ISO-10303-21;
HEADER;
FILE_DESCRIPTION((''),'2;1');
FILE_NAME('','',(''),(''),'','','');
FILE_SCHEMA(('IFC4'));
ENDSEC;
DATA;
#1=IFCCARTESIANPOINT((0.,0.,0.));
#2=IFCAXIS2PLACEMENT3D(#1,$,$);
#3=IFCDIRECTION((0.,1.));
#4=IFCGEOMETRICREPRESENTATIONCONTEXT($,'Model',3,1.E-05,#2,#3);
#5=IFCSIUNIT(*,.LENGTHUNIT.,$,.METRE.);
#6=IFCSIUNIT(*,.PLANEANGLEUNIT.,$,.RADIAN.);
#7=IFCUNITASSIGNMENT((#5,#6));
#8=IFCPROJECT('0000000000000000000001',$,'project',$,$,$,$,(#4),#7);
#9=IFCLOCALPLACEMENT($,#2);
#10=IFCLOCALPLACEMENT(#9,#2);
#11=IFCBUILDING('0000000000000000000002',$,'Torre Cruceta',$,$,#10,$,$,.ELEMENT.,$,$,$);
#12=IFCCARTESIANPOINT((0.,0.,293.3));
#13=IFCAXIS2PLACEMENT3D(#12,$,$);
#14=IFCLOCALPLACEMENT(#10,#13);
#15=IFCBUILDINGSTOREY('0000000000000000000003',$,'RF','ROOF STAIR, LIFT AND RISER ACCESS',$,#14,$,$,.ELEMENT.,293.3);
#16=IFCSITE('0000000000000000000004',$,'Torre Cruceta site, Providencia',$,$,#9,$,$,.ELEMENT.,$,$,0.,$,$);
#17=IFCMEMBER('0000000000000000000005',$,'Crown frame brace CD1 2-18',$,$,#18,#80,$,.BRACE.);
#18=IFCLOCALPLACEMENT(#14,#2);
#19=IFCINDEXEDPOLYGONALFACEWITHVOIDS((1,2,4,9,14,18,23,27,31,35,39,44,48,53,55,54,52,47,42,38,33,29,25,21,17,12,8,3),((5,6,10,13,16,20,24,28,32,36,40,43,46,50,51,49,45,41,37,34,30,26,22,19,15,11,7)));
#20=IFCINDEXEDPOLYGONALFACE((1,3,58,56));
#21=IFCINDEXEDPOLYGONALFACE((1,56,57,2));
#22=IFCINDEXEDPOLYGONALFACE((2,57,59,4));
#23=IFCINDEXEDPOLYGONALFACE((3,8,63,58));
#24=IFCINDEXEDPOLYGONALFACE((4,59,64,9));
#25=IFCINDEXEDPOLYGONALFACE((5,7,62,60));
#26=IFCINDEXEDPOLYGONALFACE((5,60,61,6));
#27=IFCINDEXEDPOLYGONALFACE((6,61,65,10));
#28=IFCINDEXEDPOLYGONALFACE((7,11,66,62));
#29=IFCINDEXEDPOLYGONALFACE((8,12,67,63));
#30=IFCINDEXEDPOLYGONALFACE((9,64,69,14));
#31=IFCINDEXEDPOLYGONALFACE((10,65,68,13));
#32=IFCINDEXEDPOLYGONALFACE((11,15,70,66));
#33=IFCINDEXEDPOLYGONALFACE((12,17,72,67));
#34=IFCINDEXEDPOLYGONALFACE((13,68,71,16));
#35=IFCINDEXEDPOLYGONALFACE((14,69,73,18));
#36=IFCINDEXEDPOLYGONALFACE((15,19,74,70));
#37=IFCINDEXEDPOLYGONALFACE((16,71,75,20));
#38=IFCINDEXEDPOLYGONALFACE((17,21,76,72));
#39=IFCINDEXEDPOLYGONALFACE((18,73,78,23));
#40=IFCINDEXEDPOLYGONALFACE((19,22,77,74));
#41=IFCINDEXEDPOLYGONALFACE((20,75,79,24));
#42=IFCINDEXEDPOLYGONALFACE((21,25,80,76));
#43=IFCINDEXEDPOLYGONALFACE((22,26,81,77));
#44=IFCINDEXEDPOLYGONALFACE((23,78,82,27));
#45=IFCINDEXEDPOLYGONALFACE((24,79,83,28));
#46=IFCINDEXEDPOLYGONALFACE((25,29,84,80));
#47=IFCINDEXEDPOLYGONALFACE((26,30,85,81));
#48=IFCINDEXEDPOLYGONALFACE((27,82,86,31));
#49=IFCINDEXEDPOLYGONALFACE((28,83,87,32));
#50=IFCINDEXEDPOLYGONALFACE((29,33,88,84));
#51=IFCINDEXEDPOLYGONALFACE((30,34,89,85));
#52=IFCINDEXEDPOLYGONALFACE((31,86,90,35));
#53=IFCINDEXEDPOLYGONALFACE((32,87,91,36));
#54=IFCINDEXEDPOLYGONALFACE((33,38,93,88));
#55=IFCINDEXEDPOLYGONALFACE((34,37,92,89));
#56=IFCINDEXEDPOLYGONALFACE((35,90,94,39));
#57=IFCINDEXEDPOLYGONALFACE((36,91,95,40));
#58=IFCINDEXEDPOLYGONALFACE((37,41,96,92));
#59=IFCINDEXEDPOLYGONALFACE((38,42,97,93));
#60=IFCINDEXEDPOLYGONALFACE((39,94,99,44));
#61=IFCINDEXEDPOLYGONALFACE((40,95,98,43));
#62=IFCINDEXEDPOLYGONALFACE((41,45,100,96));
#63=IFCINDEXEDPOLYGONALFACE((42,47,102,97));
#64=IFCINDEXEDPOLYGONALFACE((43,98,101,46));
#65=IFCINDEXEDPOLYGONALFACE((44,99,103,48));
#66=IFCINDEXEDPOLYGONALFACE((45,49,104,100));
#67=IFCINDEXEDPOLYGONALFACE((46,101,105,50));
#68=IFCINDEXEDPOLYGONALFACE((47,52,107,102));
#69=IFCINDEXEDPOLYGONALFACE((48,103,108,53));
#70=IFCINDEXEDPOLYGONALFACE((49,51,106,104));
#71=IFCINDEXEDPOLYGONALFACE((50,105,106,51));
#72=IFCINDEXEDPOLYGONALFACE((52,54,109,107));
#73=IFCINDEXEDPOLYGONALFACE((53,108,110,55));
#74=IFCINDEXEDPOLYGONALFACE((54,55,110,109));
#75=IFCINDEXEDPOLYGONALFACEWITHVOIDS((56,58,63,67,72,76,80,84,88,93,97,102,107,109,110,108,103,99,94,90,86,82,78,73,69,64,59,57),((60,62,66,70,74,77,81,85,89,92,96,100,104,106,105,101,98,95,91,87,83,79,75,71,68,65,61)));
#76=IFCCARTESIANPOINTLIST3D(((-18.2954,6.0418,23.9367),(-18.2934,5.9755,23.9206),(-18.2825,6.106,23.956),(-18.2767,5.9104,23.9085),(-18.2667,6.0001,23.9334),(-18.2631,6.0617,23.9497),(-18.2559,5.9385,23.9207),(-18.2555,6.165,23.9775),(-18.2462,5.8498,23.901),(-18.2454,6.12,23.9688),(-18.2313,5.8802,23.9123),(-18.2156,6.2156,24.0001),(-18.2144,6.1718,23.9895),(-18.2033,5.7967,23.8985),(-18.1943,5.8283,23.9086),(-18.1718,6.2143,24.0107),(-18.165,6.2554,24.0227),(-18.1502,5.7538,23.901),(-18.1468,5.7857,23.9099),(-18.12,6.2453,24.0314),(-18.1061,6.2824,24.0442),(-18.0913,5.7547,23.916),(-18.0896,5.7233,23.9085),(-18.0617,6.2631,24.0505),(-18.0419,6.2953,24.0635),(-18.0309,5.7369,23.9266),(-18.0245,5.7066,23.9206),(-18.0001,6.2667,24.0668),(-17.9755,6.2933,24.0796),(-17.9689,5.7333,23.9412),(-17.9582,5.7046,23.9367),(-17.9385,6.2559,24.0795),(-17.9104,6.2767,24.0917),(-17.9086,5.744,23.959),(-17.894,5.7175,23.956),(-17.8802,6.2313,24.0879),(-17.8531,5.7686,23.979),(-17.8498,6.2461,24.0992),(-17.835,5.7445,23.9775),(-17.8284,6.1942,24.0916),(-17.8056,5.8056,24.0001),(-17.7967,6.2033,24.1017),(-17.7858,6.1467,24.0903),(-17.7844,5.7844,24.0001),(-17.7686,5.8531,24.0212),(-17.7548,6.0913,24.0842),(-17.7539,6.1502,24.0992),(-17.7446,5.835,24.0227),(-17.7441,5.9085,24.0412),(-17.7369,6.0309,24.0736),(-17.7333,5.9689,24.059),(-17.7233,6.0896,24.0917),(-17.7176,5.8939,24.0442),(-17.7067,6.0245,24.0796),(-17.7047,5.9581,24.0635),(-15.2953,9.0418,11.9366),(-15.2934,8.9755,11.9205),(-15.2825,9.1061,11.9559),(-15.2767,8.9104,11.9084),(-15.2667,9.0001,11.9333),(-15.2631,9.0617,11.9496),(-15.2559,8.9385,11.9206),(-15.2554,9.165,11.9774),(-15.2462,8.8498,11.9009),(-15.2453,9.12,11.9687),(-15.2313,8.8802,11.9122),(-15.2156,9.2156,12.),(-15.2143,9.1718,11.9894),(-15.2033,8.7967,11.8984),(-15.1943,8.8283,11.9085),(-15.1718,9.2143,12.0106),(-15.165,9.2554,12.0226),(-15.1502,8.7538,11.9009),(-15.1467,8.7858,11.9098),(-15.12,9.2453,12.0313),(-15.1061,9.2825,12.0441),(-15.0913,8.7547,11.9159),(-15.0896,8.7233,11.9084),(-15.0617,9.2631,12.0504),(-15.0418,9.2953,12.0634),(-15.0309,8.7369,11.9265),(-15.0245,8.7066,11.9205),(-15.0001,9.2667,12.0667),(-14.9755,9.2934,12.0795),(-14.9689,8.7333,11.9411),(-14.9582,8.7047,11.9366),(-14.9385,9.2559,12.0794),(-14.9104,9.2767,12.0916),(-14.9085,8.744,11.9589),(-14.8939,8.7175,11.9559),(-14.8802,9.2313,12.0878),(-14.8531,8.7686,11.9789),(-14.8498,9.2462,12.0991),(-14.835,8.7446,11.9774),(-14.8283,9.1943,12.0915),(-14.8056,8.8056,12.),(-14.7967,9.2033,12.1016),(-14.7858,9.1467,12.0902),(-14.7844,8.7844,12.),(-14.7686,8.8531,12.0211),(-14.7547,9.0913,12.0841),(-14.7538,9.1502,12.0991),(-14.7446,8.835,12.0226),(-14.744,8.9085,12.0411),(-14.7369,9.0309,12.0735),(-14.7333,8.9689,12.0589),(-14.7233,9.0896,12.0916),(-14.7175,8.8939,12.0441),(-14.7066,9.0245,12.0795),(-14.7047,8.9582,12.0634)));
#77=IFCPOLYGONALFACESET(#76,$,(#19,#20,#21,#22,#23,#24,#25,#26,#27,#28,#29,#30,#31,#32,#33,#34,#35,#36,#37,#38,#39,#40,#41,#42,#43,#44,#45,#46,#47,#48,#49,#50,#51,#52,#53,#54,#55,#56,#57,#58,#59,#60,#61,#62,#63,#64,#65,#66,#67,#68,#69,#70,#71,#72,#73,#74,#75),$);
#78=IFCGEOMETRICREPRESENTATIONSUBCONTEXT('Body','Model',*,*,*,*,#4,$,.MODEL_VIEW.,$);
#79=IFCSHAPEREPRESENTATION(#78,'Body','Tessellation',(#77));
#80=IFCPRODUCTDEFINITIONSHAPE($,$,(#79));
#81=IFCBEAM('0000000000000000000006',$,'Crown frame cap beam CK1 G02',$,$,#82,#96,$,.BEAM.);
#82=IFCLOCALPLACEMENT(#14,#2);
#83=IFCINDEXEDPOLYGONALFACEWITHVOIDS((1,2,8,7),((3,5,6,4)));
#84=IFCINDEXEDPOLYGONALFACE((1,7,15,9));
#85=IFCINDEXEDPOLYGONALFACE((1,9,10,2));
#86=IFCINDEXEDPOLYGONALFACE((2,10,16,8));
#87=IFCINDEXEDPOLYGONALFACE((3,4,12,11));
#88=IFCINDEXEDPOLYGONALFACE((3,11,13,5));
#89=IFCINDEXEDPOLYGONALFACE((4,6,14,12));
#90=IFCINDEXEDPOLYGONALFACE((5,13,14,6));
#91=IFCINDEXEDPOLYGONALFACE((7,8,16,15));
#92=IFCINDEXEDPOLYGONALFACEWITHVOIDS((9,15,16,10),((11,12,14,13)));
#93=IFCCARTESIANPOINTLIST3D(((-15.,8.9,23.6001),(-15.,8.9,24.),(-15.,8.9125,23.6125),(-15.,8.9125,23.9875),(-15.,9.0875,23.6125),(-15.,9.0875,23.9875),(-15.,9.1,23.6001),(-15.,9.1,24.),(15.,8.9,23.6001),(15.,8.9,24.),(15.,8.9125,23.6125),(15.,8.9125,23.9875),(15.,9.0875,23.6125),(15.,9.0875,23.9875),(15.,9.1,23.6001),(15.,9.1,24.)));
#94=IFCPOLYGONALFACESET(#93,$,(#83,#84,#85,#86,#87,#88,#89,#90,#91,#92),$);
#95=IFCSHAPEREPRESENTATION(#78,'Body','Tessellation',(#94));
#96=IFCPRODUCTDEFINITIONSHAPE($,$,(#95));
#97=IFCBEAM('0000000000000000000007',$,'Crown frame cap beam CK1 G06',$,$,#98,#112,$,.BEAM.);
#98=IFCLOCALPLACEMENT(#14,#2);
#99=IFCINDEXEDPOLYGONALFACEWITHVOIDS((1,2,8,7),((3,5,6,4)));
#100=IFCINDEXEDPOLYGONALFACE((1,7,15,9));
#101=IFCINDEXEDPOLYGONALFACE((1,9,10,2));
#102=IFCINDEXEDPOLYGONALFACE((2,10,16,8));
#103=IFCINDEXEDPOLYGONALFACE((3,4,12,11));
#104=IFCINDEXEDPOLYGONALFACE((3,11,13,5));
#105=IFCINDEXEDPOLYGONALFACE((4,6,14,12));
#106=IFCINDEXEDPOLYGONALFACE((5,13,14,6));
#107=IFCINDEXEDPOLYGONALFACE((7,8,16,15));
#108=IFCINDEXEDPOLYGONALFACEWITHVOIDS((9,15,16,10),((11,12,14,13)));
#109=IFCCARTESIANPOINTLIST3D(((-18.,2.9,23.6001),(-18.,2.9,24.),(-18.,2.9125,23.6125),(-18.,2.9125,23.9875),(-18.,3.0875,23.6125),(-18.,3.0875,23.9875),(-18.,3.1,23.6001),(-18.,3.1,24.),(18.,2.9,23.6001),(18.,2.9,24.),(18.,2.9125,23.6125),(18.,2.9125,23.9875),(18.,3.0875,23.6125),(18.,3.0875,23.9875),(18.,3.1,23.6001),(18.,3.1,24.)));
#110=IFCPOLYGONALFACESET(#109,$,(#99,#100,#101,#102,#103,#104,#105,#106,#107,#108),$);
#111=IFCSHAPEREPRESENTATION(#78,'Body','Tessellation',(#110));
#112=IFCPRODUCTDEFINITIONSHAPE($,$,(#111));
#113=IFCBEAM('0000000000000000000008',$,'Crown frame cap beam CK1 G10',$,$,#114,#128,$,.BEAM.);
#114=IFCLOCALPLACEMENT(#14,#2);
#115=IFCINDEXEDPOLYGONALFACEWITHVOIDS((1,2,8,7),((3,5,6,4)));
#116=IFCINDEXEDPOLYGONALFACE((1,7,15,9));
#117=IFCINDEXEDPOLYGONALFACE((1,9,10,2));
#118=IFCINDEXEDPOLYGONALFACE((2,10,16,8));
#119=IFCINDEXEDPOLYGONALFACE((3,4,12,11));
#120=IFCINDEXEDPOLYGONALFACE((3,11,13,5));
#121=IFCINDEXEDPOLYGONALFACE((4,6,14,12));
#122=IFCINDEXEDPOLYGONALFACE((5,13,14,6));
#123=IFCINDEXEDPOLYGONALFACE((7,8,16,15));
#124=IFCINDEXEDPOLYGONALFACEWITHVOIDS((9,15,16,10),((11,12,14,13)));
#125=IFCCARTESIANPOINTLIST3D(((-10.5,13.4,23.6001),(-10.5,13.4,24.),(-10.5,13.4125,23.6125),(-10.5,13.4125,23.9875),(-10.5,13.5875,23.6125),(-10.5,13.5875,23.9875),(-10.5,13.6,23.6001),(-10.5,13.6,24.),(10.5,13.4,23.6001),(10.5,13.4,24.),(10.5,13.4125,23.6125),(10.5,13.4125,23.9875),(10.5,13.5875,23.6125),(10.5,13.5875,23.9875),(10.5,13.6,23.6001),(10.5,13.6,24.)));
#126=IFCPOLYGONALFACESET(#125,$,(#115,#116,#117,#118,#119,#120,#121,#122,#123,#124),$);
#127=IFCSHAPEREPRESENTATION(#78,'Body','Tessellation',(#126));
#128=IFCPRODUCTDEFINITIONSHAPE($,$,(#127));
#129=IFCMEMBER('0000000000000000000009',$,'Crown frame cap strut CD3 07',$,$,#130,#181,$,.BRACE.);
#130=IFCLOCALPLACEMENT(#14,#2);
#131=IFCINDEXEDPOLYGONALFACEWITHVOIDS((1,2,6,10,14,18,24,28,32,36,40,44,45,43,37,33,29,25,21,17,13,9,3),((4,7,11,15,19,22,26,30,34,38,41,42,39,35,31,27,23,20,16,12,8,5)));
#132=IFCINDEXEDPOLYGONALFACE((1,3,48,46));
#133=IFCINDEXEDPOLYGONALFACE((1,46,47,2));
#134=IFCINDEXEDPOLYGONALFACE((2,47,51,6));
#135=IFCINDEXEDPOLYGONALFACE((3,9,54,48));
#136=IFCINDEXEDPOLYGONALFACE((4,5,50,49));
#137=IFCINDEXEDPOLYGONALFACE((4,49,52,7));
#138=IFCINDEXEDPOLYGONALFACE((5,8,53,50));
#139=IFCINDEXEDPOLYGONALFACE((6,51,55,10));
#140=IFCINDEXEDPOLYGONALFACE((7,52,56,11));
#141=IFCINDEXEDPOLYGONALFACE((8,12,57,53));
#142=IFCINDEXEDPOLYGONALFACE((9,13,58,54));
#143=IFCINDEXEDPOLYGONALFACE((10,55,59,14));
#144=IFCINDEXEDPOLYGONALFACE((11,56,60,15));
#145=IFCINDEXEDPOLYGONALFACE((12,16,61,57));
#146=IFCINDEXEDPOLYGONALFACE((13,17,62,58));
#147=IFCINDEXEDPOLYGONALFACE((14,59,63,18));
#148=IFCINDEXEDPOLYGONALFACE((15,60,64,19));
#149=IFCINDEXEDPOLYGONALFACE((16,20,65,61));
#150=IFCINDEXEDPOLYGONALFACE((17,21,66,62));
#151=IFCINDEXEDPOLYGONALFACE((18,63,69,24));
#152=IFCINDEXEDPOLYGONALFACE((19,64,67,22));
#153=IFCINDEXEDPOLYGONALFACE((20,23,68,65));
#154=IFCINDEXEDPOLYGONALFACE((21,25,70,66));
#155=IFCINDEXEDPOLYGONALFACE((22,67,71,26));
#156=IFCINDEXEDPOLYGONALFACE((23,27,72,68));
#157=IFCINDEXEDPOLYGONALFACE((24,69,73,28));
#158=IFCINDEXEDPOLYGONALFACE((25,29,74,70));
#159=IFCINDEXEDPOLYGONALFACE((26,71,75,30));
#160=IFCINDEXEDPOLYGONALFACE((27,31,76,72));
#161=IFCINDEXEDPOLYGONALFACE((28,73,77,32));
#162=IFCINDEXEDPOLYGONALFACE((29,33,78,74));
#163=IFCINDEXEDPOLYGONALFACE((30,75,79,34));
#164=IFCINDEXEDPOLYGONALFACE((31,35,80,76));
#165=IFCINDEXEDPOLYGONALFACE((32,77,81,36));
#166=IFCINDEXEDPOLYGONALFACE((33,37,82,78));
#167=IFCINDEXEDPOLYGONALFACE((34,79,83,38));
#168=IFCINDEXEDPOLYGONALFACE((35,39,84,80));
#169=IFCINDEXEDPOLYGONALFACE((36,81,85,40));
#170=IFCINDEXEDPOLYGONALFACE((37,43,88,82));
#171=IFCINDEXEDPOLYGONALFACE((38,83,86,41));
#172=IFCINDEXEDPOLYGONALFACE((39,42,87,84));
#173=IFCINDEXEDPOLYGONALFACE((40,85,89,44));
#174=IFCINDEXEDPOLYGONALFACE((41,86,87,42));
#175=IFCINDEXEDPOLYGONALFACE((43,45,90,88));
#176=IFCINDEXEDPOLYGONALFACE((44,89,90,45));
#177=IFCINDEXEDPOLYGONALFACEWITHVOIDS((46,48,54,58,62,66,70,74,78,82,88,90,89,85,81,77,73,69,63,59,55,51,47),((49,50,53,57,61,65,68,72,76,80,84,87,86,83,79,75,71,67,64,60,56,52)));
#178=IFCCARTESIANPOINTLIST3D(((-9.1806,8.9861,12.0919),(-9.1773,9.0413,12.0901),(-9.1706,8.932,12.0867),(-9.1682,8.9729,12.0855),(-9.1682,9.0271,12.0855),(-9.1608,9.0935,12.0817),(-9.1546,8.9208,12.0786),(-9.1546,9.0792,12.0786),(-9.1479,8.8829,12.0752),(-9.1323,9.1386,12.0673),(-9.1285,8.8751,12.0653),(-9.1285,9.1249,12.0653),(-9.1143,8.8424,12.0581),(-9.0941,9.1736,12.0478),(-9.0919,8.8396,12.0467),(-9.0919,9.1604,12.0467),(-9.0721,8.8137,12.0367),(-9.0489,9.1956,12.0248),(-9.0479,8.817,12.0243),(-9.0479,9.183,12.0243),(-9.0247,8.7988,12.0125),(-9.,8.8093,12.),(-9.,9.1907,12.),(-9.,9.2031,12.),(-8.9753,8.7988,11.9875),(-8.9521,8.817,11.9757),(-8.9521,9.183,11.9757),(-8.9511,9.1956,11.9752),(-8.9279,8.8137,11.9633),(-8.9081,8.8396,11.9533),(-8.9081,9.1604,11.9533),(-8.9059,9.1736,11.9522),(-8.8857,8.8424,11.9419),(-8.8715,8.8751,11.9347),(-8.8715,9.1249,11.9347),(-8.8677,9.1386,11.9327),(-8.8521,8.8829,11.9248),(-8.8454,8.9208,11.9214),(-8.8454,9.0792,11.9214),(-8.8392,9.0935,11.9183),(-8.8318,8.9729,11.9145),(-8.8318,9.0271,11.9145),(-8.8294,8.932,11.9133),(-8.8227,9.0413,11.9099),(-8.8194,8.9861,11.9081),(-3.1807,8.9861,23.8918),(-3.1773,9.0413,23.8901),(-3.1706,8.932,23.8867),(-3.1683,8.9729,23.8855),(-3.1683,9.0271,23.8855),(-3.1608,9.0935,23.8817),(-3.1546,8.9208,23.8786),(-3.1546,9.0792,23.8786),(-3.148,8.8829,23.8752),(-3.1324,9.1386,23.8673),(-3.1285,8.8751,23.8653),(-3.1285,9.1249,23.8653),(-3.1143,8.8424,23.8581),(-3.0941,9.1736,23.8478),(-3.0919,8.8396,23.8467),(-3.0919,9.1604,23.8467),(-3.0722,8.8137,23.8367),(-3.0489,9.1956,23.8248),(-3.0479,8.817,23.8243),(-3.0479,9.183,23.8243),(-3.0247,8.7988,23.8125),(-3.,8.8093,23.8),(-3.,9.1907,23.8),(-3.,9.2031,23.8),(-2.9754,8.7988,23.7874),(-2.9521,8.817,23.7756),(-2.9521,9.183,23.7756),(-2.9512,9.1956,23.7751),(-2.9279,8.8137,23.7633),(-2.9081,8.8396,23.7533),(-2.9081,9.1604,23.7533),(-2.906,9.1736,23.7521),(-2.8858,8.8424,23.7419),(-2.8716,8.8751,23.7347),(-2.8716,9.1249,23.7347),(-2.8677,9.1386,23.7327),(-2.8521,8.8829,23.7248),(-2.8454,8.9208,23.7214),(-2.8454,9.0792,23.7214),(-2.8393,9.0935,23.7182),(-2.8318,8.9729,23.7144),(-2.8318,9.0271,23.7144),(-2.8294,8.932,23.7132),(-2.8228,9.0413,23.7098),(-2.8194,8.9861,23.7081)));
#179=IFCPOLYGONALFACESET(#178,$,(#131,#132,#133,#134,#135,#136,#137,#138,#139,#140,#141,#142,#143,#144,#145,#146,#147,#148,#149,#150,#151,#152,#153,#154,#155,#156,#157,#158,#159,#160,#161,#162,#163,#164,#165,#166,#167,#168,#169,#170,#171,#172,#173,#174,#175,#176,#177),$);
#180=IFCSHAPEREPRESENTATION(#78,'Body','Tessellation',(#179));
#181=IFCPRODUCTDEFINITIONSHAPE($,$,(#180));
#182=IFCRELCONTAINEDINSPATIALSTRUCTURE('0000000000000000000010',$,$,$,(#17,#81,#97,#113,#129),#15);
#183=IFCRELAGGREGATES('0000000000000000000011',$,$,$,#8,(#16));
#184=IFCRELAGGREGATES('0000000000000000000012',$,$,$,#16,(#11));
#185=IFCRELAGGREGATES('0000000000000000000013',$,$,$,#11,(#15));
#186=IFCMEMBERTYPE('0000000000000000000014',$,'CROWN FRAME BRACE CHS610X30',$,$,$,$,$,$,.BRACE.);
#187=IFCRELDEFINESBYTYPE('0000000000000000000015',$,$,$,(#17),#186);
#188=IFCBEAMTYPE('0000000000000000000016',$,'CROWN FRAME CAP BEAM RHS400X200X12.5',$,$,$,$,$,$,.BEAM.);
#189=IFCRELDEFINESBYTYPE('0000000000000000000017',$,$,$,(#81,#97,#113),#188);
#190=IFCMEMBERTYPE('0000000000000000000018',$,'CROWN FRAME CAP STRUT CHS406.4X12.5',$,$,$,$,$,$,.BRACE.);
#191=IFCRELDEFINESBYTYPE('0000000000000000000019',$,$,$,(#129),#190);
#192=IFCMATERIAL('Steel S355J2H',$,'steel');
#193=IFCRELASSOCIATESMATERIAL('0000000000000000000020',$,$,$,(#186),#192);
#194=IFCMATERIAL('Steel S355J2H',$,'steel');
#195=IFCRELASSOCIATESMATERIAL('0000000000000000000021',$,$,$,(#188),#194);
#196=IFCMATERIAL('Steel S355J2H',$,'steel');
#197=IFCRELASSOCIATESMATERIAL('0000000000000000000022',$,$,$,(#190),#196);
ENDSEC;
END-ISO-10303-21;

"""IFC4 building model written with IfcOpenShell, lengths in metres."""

from ifc_helpers import new_model, si_unit, direction, frame, origin, origin_2d, place, context, subcontext, project, spatial, hollow_rectangle, hollow_circle, extrude, material, material_profile, profile_set, type_object, element, save


model = new_model("IFC4")

# Units and contexts
model_context = context("Model", 3, precision=1e-05, world=origin(), true_north=direction((0.0, 1.0)))
body_context = subcontext(model_context, "Body", "Model", "MODEL_VIEW")
ifc_project = project(units=[si_unit("LENGTHUNIT", "METRE"), si_unit("PLANEANGLEUNIT", "RADIAN")], contexts=[model_context])

# Site, building, storey
site_placement = place(None, origin())
site = spatial("IfcSite", under=ifc_project, at=site_placement, Name="Torre Cruceta site, Providencia", CompositionType="ELEMENT", RefElevation=0.0)
building_placement = place(site_placement, origin())
building = spatial("IfcBuilding", under=site, at=building_placement, Name="Torre Cruceta", CompositionType="ELEMENT")
storey_placement = place(building_placement, frame((0.0, 0.0, 293.3)))
storey = spatial("IfcBuildingStorey", under=building, at=storey_placement, Name="RF", Description="ROOF STAIR, LIFT AND RISER ACCESS", CompositionType="ELEMENT", Elevation=293.3)

# Member
ifc_material_1 = material(Name="Steel S355J2H", Category="steel")
ifc_material_profile_1 = material_profile(ifc_material_1, hollow_circle(Radius=0.3049, WallThickness=0.03, at=origin_2d()), Name="CHS610X30")
ifc_profile_set_1 = profile_set([ifc_material_profile_1], Name="Steel S355J2H")
member_type_1 = type_object("IfcMemberType", Name="CROWN FRAME BRACE CHS610X30", PredefinedType="BRACE", material=ifc_profile_set_1)
member_1_placement = place(storey_placement, frame((-15.0, 9.0, 12.0), z_axis=(-0.235702, -0.235702, 0.942809), x_axis=(0.707107, -0.707107, 0.0)))
element("IfcMember", 1, at=member_1_placement, inside=storey, type_object=member_type_1, Name="Crown frame brace CD1 2-18", PredefinedType="BRACE", context=body_context, shape_type="SweptSolid", body=[
    extrude(hollow_circle(Radius=0.3049, WallThickness=0.03, at=origin_2d()), origin(), (0.0, 0.0, 1.0), 12.728),
])

# Beams
ifc_material_2 = material(Name="Steel S355J2H", Category="steel")
ifc_material_profile_2 = material_profile(ifc_material_2, hollow_rectangle(XDim=0.2, YDim=0.3999, WallThickness=0.0125, at=origin_2d()), Name="RHS400X200X12.5")
ifc_profile_set_2 = profile_set([ifc_material_profile_2], Name="Steel S355J2H")
beam_type_1 = type_object("IfcBeamType", Name="CROWN FRAME CAP BEAM RHS400X200X12.5", PredefinedType="BEAM", material=ifc_profile_set_2)
beam_1_placement = place(storey_placement, frame((-15.0, 9.0, 23.8), z_axis=(1.0, 0.0, 0.0), x_axis=(0.0, 1.0, 0.0)))
element("IfcBeam", 2, at=beam_1_placement, inside=storey, type_object=beam_type_1, Name="Crown frame cap beam CK1 G02", PredefinedType="BEAM", context=body_context, shape_type="SweptSolid", body=[
    extrude(hollow_rectangle(XDim=0.2, YDim=0.3999, WallThickness=0.0125, at=origin_2d()), origin(), (0.0, 0.0, 1.0), 30.0),
])
beam_2_placement = place(storey_placement, frame((-18.0, 3.0, 23.8), z_axis=(1.0, 0.0, 0.0), x_axis=(0.0, 1.0, 0.0)))
element("IfcBeam", 3, at=beam_2_placement, inside=storey, type_object=beam_type_1, Name="Crown frame cap beam CK1 G06", PredefinedType="BEAM", context=body_context, shape_type="SweptSolid", body=[
    extrude(hollow_rectangle(XDim=0.2, YDim=0.3999, WallThickness=0.0125, at=origin_2d()), origin(), (0.0, 0.0, 1.0), 36.0),
])
beam_3_placement = place(storey_placement, frame((-10.5, 13.5, 23.8), z_axis=(1.0, 0.0, 0.0), x_axis=(0.0, 1.0, 0.0)))
element("IfcBeam", 4, at=beam_3_placement, inside=storey, type_object=beam_type_1, Name="Crown frame cap beam CK1 G10", PredefinedType="BEAM", context=body_context, shape_type="SweptSolid", body=[
    extrude(hollow_rectangle(XDim=0.2, YDim=0.3999, WallThickness=0.0125, at=origin_2d()), origin(), (0.0, 0.0, 1.0), 21.0),
])

# Member
ifc_material_3 = material(Name="Steel S355J2H", Category="steel")
ifc_material_profile_3 = material_profile(ifc_material_3, hollow_circle(Radius=0.2031, WallThickness=0.0125, at=origin_2d()), Name="CHS406.4X12.5")
ifc_profile_set_3 = profile_set([ifc_material_profile_3], Name="Steel S355J2H")
member_type_2 = type_object("IfcMemberType", Name="CROWN FRAME CAP STRUT CHS406.4X12.5", PredefinedType="BRACE", material=ifc_profile_set_3)
for number, where, z_axis, x_axis, name in (
    (5, (-9.0, 9.0, 12.0), (0.453245, 0.0, 0.891386), (0.0, 1.0, 0.0), "Crown frame cap strut CD3 07"),
):
    element("IfcMember", number, at=place(storey_placement, frame(where, z_axis=z_axis, x_axis=x_axis)), inside=storey, type_object=member_type_2, Name=name, PredefinedType="BRACE", context=body_context, shape_type="SweptSolid", body=[
        extrude(hollow_circle(Radius=0.2031, WallThickness=0.0125, at=origin_2d()), origin(), (0.0, 0.0, 1.0), 13.2378),
    ])

save(model, "model.ifc")
